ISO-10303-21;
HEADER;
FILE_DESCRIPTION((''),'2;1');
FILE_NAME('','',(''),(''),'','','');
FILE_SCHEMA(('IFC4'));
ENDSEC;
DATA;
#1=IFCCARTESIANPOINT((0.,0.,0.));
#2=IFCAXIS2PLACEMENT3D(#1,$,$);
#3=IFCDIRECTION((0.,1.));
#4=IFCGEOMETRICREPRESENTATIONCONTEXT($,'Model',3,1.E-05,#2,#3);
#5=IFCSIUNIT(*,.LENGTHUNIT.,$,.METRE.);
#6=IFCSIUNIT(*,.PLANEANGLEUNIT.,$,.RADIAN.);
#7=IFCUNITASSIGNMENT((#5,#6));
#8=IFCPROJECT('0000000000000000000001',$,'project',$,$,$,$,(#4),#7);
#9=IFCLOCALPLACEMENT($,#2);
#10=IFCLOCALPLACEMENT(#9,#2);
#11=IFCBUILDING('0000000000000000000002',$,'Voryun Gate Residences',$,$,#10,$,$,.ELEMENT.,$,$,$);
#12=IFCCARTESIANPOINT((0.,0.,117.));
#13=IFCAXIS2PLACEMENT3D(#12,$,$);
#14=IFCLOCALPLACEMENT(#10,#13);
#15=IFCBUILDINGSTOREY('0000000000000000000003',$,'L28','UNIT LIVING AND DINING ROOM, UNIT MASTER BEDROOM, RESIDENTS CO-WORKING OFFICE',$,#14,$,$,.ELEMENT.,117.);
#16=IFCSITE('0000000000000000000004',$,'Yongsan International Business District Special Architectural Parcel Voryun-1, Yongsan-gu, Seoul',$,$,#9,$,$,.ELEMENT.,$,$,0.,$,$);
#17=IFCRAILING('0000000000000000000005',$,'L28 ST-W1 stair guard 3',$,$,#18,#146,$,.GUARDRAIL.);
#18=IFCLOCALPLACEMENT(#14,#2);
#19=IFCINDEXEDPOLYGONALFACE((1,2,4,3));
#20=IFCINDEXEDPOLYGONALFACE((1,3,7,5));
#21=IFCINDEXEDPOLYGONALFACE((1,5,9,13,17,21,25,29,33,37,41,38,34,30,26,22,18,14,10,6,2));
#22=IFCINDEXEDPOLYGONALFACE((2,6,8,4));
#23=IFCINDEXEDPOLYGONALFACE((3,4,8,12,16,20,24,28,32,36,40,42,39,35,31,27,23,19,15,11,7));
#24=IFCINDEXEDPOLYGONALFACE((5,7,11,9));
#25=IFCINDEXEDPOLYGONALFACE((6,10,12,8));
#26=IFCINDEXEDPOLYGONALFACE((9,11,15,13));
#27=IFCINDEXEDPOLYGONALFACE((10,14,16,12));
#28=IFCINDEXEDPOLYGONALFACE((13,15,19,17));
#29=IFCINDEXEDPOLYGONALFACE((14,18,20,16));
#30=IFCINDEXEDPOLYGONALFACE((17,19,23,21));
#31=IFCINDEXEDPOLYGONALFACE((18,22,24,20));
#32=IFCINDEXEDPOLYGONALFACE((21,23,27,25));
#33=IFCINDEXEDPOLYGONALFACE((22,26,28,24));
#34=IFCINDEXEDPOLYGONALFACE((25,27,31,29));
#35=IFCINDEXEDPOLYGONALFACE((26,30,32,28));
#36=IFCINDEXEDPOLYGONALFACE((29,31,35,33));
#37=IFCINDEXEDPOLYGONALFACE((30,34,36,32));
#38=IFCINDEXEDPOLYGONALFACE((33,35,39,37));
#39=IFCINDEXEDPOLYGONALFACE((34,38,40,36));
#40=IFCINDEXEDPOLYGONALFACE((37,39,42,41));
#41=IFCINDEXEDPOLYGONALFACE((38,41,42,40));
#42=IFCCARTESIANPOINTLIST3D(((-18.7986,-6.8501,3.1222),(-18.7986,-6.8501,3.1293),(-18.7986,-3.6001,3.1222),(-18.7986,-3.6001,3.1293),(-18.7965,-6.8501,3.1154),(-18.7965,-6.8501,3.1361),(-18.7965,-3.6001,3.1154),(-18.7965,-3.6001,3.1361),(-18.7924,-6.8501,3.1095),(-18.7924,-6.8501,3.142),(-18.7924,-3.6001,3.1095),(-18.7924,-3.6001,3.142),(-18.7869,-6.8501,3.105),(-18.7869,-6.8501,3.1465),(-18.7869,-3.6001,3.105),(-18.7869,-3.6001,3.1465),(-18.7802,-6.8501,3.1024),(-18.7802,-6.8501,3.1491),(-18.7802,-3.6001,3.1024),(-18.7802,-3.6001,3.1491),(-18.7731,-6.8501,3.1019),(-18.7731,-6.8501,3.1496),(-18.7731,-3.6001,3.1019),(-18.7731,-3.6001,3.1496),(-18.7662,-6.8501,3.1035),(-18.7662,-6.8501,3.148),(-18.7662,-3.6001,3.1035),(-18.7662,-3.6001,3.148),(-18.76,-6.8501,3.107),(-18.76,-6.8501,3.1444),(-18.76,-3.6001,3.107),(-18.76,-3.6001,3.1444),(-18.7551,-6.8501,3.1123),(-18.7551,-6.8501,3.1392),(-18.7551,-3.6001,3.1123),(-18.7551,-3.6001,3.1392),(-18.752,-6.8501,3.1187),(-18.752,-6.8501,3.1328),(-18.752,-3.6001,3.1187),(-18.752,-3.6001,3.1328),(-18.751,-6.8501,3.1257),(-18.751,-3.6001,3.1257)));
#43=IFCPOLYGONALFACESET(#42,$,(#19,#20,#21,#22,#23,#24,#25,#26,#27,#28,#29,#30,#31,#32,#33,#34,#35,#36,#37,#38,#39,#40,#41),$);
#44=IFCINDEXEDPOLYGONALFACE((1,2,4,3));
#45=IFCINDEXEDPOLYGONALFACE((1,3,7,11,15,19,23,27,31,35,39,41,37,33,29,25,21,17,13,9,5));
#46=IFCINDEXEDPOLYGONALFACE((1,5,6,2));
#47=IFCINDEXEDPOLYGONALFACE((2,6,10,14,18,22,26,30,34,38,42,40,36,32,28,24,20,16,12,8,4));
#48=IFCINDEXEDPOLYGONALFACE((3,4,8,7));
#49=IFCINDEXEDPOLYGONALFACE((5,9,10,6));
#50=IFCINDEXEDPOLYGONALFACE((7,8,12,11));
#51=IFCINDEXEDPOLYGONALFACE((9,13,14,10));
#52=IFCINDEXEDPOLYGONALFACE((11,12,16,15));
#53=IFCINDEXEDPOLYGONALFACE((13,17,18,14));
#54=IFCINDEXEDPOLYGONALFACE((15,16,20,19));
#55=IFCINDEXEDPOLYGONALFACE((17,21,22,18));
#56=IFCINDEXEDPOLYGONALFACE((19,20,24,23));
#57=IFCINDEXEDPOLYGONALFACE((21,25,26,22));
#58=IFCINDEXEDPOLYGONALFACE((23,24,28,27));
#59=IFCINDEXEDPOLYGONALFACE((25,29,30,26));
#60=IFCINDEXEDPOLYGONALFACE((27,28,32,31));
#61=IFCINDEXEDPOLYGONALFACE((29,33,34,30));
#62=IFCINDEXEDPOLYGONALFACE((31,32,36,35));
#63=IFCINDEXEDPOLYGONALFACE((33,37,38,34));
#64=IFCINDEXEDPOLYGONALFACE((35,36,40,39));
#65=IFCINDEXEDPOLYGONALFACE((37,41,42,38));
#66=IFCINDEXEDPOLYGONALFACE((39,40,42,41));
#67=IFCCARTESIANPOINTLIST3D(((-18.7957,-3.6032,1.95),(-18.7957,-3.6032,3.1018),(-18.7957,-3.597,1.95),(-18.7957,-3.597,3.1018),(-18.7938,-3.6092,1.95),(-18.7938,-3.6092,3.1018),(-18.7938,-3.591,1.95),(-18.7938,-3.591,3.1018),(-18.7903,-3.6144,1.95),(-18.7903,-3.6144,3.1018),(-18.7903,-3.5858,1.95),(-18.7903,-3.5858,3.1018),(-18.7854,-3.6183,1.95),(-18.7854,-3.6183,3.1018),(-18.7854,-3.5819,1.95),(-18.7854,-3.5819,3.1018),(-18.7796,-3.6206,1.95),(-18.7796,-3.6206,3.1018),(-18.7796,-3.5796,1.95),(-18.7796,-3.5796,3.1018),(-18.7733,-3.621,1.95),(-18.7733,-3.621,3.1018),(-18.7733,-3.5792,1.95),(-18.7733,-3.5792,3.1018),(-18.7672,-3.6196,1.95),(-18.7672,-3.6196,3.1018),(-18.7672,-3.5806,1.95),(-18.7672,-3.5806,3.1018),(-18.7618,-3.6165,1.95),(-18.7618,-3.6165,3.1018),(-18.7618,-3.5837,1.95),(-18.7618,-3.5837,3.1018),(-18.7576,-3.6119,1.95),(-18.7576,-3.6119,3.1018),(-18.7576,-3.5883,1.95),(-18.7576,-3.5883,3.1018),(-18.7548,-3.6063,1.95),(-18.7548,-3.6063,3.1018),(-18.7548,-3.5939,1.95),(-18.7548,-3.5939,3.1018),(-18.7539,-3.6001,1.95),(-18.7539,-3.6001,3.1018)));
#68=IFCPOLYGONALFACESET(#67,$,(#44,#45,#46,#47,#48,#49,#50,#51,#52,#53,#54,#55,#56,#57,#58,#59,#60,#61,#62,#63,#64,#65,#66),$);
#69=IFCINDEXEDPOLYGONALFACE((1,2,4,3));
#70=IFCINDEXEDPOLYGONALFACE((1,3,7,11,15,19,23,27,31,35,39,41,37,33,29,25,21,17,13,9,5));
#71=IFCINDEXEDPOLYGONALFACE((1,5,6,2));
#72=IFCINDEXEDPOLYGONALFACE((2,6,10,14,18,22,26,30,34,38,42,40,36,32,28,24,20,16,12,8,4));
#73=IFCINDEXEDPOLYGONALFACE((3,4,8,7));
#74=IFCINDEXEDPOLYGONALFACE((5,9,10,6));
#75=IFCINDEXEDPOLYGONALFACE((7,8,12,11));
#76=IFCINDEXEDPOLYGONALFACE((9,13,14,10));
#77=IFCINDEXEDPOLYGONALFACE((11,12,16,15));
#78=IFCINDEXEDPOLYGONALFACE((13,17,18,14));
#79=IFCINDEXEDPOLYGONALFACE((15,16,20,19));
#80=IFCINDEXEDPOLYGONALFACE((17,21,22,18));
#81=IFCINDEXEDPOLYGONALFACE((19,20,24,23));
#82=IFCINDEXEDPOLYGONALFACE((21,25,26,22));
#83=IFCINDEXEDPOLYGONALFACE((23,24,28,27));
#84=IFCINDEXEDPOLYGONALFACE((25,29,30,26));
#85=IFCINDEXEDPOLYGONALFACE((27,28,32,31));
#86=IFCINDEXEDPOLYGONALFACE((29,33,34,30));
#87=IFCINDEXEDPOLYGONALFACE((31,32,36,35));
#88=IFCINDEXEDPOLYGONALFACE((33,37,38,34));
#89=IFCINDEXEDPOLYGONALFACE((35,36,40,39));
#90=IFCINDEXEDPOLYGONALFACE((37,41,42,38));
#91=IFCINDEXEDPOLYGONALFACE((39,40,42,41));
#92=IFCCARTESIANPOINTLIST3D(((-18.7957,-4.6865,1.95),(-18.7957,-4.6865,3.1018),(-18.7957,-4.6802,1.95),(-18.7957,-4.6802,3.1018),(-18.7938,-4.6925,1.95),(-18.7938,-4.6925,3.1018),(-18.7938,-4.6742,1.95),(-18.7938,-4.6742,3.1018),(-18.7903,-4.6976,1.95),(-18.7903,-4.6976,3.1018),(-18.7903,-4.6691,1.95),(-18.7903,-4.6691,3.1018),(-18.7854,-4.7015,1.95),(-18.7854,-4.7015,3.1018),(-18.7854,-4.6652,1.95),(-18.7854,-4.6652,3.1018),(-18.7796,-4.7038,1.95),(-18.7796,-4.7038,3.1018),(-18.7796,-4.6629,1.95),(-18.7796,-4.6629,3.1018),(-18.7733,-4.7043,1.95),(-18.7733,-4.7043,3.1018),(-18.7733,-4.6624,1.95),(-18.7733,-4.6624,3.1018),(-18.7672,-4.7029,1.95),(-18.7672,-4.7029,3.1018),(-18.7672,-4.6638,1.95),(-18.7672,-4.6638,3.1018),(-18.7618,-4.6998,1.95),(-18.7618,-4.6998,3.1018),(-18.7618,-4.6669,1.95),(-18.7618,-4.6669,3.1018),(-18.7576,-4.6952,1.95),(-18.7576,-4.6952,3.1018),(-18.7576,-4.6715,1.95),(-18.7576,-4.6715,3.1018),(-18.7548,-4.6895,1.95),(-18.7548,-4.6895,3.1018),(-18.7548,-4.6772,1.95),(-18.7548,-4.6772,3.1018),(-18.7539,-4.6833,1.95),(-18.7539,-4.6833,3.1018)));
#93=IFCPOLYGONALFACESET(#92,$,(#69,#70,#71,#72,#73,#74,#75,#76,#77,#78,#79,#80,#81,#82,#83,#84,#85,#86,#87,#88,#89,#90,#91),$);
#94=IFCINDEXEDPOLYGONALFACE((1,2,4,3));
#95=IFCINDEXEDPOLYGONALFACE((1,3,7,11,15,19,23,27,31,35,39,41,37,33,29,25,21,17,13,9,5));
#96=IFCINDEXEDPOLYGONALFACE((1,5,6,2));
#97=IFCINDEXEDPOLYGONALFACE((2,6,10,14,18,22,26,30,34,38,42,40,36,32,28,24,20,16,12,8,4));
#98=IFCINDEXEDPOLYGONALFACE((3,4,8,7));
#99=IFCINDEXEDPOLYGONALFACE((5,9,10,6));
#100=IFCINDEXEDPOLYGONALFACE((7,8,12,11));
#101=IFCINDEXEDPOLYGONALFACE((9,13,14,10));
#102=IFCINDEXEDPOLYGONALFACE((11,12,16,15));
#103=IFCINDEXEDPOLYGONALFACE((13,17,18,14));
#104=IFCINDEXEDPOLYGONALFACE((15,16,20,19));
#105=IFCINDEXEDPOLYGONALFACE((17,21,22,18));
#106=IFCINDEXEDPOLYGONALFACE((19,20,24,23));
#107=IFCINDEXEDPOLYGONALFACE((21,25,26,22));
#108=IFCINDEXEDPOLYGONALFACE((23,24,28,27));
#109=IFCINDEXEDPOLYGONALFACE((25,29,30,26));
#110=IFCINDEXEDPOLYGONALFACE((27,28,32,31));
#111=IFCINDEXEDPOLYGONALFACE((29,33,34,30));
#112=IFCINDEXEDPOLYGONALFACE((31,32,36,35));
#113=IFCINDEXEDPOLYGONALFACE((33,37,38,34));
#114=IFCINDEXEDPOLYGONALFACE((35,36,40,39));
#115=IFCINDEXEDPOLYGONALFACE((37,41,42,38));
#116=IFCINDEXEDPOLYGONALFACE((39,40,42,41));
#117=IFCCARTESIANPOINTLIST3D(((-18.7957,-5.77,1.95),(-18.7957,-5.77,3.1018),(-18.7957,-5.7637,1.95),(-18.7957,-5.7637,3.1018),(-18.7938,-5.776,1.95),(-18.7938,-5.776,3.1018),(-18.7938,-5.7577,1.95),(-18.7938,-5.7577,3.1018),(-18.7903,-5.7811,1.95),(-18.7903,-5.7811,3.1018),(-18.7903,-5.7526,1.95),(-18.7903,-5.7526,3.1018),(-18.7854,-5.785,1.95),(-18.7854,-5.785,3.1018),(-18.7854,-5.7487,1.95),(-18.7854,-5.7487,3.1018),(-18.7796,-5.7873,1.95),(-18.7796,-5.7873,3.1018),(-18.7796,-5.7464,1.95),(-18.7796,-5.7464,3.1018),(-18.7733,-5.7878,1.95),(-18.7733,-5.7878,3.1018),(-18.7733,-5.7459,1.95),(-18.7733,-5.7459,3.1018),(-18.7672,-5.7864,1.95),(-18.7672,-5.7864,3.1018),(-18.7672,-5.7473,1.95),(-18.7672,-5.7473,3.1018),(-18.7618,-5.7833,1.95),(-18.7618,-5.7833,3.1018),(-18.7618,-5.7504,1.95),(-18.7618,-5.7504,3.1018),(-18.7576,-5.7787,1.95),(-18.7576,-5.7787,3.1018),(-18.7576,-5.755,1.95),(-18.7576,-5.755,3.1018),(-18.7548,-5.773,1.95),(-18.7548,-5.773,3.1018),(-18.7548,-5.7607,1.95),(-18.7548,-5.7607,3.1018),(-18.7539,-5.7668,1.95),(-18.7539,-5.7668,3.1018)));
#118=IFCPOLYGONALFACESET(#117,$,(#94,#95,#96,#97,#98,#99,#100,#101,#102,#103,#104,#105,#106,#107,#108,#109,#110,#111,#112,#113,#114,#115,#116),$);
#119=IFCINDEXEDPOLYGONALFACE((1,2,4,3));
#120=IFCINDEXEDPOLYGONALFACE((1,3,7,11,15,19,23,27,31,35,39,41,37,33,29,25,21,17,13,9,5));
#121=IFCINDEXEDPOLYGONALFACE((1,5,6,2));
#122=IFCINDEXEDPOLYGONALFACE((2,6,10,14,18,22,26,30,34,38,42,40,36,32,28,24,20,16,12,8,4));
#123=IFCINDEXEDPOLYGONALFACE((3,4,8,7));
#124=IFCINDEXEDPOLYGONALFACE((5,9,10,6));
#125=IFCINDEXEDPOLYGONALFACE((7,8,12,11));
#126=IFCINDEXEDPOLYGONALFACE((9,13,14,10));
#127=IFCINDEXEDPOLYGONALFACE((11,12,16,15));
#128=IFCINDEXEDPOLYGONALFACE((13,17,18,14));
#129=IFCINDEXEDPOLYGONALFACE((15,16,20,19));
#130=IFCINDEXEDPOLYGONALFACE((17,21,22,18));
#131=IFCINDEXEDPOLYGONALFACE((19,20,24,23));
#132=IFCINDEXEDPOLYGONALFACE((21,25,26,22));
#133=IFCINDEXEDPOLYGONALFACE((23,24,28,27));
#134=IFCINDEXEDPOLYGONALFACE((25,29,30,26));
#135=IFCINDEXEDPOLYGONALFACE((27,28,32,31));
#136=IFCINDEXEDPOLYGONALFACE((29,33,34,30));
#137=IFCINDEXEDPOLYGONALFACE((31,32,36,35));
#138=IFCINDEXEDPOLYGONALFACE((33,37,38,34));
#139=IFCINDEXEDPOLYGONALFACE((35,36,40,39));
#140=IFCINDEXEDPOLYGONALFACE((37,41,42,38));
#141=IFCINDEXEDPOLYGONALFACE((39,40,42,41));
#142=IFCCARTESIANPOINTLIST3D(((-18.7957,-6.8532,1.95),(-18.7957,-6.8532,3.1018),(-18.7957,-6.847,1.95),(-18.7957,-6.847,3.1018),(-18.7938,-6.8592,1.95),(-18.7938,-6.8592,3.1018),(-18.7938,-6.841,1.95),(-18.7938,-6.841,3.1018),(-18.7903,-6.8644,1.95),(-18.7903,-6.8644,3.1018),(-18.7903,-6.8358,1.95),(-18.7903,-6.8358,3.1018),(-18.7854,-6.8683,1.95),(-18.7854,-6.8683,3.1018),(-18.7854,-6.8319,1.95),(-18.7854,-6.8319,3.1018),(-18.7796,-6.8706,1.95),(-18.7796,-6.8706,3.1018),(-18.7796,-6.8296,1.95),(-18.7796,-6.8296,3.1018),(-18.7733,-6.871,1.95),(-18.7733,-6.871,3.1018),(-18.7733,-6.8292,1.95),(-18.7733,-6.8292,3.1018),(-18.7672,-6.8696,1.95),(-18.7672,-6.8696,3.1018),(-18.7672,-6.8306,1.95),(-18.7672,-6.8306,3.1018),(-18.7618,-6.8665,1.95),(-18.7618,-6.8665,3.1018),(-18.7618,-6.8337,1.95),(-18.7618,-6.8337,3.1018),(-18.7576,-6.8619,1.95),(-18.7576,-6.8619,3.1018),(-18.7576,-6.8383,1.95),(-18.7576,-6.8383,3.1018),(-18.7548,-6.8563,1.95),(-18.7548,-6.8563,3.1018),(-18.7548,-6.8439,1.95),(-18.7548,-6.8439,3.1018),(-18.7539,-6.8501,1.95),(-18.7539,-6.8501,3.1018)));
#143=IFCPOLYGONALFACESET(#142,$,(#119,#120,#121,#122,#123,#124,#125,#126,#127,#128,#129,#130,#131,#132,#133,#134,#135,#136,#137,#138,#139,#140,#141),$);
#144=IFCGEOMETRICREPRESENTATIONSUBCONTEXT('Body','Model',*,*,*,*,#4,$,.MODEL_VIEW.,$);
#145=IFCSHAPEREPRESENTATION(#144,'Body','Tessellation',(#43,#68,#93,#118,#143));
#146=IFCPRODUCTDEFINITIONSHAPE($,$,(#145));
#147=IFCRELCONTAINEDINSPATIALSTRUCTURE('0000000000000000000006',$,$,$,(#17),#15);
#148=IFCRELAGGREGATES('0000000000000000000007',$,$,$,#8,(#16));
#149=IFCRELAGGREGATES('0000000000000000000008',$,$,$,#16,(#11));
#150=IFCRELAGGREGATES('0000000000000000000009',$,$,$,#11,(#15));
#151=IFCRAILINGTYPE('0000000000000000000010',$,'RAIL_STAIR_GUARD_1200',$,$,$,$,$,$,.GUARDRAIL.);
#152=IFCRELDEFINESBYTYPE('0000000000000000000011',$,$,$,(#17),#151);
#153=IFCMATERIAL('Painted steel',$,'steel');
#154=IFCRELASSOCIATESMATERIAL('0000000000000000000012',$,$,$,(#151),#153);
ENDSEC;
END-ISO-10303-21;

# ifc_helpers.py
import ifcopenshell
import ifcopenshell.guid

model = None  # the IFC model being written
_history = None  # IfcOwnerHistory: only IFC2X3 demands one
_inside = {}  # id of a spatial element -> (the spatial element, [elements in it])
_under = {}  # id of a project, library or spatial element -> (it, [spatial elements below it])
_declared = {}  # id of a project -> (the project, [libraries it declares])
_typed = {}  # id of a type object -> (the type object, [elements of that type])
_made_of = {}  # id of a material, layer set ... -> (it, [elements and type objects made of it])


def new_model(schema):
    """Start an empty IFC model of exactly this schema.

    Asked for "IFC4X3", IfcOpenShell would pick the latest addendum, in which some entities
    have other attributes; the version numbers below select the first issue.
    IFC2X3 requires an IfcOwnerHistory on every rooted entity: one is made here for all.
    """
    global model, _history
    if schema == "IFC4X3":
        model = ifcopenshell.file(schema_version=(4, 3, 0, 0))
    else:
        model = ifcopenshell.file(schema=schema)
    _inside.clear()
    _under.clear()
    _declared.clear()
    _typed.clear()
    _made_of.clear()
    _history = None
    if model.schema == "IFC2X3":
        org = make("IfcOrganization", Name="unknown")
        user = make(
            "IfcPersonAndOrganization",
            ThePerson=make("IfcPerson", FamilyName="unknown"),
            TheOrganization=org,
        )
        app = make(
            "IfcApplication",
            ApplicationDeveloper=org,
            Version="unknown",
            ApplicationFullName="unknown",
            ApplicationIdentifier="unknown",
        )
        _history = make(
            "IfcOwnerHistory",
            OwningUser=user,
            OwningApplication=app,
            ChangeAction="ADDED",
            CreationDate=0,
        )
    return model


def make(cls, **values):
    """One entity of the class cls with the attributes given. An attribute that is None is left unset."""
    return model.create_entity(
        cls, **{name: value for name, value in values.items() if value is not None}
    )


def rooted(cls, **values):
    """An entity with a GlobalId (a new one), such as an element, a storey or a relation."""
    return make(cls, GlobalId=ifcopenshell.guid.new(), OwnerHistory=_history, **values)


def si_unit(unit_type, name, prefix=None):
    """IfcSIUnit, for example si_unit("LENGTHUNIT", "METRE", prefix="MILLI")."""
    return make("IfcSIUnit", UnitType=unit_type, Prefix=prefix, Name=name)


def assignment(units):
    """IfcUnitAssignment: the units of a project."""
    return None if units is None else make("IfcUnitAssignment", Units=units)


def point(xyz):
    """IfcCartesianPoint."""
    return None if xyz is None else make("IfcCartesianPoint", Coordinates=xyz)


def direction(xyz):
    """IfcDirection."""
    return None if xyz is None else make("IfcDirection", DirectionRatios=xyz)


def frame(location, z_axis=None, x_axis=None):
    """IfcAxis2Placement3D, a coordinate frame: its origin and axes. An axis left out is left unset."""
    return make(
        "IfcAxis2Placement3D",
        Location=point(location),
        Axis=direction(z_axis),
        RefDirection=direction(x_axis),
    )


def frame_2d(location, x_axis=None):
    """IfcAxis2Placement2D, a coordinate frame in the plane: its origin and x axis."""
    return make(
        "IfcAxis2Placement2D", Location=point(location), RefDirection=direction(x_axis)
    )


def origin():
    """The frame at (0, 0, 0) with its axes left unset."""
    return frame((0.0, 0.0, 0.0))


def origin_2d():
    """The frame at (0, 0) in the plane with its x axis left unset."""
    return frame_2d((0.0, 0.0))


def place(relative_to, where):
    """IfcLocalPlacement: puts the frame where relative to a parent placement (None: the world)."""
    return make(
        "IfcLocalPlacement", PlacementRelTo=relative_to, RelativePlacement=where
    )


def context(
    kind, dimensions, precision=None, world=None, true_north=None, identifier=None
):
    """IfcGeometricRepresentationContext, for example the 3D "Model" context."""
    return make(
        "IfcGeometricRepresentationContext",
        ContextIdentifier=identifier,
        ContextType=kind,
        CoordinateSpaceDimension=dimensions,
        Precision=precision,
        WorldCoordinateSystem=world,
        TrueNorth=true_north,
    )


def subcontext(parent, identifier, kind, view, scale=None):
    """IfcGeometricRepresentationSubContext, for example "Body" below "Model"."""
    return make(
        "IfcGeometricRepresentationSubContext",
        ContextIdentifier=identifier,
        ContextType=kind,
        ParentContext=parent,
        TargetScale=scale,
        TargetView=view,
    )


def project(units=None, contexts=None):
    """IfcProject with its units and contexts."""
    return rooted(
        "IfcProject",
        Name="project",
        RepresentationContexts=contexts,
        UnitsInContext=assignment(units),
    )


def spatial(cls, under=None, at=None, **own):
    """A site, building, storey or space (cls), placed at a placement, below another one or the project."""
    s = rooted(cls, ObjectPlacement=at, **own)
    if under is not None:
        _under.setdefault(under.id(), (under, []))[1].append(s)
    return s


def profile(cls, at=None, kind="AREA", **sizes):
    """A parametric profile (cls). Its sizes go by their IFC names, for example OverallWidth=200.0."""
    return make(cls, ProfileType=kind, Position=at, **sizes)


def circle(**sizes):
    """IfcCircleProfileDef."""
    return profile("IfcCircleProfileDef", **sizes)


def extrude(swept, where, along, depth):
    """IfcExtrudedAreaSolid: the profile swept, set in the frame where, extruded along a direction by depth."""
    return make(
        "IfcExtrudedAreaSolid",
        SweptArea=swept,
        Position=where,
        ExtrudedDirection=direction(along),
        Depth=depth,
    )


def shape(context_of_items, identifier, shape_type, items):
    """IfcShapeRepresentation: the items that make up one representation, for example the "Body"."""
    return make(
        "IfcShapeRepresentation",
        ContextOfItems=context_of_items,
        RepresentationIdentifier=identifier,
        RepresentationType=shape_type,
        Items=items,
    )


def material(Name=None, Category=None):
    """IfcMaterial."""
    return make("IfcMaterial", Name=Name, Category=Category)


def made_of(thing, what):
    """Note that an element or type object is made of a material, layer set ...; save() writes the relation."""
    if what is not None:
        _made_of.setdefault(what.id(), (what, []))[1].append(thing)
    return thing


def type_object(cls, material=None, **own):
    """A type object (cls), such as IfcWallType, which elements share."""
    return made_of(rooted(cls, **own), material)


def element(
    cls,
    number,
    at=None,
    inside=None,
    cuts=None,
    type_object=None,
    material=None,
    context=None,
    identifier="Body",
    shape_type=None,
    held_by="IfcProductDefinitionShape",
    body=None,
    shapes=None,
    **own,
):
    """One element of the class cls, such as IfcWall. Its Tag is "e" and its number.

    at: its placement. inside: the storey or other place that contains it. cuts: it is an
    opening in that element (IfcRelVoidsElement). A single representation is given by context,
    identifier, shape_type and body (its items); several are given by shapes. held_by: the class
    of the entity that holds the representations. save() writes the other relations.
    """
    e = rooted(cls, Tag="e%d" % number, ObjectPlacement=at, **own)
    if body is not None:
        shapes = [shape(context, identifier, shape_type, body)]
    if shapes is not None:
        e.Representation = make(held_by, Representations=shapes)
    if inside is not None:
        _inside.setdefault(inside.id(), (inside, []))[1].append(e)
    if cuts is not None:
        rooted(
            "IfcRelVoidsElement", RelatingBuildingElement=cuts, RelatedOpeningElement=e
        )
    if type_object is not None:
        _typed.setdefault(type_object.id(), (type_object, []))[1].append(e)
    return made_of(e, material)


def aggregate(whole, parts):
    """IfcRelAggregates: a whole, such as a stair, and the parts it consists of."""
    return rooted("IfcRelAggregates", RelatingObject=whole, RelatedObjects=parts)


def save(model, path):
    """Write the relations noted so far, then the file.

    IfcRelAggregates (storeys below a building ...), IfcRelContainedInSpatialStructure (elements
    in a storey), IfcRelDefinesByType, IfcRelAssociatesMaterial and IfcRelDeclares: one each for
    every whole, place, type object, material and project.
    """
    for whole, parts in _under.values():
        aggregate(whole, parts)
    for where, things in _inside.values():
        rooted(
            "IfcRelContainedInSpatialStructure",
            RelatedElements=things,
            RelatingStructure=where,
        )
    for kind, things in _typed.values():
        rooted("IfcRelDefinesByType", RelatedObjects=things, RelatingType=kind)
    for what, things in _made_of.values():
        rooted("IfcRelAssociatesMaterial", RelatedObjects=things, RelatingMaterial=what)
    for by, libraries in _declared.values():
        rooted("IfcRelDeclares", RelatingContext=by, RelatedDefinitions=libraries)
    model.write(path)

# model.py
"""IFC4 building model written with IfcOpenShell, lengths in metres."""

from ifc_helpers import new_model, si_unit, direction, frame, origin, origin_2d, place, context, subcontext, project, spatial, circle, extrude, material, type_object, element, save


model = new_model("IFC4")

# Units and contexts
model_context = context("Model", 3, precision=1e-05, world=origin(), true_north=direction((0.0, 1.0)))
body_context = subcontext(model_context, "Body", "Model", "MODEL_VIEW")
ifc_project = project(units=[si_unit("LENGTHUNIT", "METRE"), si_unit("PLANEANGLEUNIT", "RADIAN")], contexts=[model_context])

# Site, building, storey
site_placement = place(None, origin())
site = spatial("IfcSite", under=ifc_project, at=site_placement, Name="Yongsan International Business District Special Architectural Parcel Voryun-1, Yongsan-gu, Seoul", CompositionType="ELEMENT", RefElevation=0.0)
building_placement = place(site_placement, origin())
building = spatial("IfcBuilding", under=site, at=building_placement, Name="Voryun Gate Residences", CompositionType="ELEMENT")
storey_placement = place(building_placement, frame((0.0, 0.0, 117.0)))
storey = spatial("IfcBuildingStorey", under=building, at=storey_placement, Name="L28", Description="UNIT LIVING AND DINING ROOM, UNIT MASTER BEDROOM, RESIDENTS CO-WORKING OFFICE", CompositionType="ELEMENT", Elevation=117.0)

# Railing
ifc_material_1 = material(Name="Painted steel", Category="steel")
railing_type_1 = type_object("IfcRailingType", Name="RAIL_STAIR_GUARD_1200", PredefinedType="GUARDRAIL", material=ifc_material_1)
for number, where, name in (
    (1, (-18.7749, -3.6001, 1.95), "L28 ST-W1 stair guard 3"),
):
    element("IfcRailing", number, at=place(storey_placement, frame(where)), inside=storey, type_object=railing_type_1, Name=name, PredefinedType="GUARDRAIL", context=body_context, shape_type="SweptSolid", body=[
        extrude(circle(Radius=0.0239, at=origin_2d()), frame((0.0, 0.0, 1.1758), z_axis=(0.0, -1.0, 0.0), x_axis=(1.0, 0.0, 0.0)), (0.0, 0.0, 1.0), 3.25),
        extrude(circle(Radius=0.021, at=origin_2d()), origin(), (0.0, 0.0, 1.0), 1.1519),
        extrude(circle(Radius=0.021, at=origin_2d()), frame((0.0, -1.0833, 0.0)), (0.0, 0.0, 1.0), 1.1519),
        extrude(circle(Radius=0.021, at=origin_2d()), frame((0.0, -2.1667, 0.0)), (0.0, 0.0, 1.0), 1.1519),
        extrude(circle(Radius=0.021, at=origin_2d()), frame((0.0, -3.25, 0.0)), (0.0, 0.0, 1.0), 1.1519),
    ])

save(model, "model.ifc")
